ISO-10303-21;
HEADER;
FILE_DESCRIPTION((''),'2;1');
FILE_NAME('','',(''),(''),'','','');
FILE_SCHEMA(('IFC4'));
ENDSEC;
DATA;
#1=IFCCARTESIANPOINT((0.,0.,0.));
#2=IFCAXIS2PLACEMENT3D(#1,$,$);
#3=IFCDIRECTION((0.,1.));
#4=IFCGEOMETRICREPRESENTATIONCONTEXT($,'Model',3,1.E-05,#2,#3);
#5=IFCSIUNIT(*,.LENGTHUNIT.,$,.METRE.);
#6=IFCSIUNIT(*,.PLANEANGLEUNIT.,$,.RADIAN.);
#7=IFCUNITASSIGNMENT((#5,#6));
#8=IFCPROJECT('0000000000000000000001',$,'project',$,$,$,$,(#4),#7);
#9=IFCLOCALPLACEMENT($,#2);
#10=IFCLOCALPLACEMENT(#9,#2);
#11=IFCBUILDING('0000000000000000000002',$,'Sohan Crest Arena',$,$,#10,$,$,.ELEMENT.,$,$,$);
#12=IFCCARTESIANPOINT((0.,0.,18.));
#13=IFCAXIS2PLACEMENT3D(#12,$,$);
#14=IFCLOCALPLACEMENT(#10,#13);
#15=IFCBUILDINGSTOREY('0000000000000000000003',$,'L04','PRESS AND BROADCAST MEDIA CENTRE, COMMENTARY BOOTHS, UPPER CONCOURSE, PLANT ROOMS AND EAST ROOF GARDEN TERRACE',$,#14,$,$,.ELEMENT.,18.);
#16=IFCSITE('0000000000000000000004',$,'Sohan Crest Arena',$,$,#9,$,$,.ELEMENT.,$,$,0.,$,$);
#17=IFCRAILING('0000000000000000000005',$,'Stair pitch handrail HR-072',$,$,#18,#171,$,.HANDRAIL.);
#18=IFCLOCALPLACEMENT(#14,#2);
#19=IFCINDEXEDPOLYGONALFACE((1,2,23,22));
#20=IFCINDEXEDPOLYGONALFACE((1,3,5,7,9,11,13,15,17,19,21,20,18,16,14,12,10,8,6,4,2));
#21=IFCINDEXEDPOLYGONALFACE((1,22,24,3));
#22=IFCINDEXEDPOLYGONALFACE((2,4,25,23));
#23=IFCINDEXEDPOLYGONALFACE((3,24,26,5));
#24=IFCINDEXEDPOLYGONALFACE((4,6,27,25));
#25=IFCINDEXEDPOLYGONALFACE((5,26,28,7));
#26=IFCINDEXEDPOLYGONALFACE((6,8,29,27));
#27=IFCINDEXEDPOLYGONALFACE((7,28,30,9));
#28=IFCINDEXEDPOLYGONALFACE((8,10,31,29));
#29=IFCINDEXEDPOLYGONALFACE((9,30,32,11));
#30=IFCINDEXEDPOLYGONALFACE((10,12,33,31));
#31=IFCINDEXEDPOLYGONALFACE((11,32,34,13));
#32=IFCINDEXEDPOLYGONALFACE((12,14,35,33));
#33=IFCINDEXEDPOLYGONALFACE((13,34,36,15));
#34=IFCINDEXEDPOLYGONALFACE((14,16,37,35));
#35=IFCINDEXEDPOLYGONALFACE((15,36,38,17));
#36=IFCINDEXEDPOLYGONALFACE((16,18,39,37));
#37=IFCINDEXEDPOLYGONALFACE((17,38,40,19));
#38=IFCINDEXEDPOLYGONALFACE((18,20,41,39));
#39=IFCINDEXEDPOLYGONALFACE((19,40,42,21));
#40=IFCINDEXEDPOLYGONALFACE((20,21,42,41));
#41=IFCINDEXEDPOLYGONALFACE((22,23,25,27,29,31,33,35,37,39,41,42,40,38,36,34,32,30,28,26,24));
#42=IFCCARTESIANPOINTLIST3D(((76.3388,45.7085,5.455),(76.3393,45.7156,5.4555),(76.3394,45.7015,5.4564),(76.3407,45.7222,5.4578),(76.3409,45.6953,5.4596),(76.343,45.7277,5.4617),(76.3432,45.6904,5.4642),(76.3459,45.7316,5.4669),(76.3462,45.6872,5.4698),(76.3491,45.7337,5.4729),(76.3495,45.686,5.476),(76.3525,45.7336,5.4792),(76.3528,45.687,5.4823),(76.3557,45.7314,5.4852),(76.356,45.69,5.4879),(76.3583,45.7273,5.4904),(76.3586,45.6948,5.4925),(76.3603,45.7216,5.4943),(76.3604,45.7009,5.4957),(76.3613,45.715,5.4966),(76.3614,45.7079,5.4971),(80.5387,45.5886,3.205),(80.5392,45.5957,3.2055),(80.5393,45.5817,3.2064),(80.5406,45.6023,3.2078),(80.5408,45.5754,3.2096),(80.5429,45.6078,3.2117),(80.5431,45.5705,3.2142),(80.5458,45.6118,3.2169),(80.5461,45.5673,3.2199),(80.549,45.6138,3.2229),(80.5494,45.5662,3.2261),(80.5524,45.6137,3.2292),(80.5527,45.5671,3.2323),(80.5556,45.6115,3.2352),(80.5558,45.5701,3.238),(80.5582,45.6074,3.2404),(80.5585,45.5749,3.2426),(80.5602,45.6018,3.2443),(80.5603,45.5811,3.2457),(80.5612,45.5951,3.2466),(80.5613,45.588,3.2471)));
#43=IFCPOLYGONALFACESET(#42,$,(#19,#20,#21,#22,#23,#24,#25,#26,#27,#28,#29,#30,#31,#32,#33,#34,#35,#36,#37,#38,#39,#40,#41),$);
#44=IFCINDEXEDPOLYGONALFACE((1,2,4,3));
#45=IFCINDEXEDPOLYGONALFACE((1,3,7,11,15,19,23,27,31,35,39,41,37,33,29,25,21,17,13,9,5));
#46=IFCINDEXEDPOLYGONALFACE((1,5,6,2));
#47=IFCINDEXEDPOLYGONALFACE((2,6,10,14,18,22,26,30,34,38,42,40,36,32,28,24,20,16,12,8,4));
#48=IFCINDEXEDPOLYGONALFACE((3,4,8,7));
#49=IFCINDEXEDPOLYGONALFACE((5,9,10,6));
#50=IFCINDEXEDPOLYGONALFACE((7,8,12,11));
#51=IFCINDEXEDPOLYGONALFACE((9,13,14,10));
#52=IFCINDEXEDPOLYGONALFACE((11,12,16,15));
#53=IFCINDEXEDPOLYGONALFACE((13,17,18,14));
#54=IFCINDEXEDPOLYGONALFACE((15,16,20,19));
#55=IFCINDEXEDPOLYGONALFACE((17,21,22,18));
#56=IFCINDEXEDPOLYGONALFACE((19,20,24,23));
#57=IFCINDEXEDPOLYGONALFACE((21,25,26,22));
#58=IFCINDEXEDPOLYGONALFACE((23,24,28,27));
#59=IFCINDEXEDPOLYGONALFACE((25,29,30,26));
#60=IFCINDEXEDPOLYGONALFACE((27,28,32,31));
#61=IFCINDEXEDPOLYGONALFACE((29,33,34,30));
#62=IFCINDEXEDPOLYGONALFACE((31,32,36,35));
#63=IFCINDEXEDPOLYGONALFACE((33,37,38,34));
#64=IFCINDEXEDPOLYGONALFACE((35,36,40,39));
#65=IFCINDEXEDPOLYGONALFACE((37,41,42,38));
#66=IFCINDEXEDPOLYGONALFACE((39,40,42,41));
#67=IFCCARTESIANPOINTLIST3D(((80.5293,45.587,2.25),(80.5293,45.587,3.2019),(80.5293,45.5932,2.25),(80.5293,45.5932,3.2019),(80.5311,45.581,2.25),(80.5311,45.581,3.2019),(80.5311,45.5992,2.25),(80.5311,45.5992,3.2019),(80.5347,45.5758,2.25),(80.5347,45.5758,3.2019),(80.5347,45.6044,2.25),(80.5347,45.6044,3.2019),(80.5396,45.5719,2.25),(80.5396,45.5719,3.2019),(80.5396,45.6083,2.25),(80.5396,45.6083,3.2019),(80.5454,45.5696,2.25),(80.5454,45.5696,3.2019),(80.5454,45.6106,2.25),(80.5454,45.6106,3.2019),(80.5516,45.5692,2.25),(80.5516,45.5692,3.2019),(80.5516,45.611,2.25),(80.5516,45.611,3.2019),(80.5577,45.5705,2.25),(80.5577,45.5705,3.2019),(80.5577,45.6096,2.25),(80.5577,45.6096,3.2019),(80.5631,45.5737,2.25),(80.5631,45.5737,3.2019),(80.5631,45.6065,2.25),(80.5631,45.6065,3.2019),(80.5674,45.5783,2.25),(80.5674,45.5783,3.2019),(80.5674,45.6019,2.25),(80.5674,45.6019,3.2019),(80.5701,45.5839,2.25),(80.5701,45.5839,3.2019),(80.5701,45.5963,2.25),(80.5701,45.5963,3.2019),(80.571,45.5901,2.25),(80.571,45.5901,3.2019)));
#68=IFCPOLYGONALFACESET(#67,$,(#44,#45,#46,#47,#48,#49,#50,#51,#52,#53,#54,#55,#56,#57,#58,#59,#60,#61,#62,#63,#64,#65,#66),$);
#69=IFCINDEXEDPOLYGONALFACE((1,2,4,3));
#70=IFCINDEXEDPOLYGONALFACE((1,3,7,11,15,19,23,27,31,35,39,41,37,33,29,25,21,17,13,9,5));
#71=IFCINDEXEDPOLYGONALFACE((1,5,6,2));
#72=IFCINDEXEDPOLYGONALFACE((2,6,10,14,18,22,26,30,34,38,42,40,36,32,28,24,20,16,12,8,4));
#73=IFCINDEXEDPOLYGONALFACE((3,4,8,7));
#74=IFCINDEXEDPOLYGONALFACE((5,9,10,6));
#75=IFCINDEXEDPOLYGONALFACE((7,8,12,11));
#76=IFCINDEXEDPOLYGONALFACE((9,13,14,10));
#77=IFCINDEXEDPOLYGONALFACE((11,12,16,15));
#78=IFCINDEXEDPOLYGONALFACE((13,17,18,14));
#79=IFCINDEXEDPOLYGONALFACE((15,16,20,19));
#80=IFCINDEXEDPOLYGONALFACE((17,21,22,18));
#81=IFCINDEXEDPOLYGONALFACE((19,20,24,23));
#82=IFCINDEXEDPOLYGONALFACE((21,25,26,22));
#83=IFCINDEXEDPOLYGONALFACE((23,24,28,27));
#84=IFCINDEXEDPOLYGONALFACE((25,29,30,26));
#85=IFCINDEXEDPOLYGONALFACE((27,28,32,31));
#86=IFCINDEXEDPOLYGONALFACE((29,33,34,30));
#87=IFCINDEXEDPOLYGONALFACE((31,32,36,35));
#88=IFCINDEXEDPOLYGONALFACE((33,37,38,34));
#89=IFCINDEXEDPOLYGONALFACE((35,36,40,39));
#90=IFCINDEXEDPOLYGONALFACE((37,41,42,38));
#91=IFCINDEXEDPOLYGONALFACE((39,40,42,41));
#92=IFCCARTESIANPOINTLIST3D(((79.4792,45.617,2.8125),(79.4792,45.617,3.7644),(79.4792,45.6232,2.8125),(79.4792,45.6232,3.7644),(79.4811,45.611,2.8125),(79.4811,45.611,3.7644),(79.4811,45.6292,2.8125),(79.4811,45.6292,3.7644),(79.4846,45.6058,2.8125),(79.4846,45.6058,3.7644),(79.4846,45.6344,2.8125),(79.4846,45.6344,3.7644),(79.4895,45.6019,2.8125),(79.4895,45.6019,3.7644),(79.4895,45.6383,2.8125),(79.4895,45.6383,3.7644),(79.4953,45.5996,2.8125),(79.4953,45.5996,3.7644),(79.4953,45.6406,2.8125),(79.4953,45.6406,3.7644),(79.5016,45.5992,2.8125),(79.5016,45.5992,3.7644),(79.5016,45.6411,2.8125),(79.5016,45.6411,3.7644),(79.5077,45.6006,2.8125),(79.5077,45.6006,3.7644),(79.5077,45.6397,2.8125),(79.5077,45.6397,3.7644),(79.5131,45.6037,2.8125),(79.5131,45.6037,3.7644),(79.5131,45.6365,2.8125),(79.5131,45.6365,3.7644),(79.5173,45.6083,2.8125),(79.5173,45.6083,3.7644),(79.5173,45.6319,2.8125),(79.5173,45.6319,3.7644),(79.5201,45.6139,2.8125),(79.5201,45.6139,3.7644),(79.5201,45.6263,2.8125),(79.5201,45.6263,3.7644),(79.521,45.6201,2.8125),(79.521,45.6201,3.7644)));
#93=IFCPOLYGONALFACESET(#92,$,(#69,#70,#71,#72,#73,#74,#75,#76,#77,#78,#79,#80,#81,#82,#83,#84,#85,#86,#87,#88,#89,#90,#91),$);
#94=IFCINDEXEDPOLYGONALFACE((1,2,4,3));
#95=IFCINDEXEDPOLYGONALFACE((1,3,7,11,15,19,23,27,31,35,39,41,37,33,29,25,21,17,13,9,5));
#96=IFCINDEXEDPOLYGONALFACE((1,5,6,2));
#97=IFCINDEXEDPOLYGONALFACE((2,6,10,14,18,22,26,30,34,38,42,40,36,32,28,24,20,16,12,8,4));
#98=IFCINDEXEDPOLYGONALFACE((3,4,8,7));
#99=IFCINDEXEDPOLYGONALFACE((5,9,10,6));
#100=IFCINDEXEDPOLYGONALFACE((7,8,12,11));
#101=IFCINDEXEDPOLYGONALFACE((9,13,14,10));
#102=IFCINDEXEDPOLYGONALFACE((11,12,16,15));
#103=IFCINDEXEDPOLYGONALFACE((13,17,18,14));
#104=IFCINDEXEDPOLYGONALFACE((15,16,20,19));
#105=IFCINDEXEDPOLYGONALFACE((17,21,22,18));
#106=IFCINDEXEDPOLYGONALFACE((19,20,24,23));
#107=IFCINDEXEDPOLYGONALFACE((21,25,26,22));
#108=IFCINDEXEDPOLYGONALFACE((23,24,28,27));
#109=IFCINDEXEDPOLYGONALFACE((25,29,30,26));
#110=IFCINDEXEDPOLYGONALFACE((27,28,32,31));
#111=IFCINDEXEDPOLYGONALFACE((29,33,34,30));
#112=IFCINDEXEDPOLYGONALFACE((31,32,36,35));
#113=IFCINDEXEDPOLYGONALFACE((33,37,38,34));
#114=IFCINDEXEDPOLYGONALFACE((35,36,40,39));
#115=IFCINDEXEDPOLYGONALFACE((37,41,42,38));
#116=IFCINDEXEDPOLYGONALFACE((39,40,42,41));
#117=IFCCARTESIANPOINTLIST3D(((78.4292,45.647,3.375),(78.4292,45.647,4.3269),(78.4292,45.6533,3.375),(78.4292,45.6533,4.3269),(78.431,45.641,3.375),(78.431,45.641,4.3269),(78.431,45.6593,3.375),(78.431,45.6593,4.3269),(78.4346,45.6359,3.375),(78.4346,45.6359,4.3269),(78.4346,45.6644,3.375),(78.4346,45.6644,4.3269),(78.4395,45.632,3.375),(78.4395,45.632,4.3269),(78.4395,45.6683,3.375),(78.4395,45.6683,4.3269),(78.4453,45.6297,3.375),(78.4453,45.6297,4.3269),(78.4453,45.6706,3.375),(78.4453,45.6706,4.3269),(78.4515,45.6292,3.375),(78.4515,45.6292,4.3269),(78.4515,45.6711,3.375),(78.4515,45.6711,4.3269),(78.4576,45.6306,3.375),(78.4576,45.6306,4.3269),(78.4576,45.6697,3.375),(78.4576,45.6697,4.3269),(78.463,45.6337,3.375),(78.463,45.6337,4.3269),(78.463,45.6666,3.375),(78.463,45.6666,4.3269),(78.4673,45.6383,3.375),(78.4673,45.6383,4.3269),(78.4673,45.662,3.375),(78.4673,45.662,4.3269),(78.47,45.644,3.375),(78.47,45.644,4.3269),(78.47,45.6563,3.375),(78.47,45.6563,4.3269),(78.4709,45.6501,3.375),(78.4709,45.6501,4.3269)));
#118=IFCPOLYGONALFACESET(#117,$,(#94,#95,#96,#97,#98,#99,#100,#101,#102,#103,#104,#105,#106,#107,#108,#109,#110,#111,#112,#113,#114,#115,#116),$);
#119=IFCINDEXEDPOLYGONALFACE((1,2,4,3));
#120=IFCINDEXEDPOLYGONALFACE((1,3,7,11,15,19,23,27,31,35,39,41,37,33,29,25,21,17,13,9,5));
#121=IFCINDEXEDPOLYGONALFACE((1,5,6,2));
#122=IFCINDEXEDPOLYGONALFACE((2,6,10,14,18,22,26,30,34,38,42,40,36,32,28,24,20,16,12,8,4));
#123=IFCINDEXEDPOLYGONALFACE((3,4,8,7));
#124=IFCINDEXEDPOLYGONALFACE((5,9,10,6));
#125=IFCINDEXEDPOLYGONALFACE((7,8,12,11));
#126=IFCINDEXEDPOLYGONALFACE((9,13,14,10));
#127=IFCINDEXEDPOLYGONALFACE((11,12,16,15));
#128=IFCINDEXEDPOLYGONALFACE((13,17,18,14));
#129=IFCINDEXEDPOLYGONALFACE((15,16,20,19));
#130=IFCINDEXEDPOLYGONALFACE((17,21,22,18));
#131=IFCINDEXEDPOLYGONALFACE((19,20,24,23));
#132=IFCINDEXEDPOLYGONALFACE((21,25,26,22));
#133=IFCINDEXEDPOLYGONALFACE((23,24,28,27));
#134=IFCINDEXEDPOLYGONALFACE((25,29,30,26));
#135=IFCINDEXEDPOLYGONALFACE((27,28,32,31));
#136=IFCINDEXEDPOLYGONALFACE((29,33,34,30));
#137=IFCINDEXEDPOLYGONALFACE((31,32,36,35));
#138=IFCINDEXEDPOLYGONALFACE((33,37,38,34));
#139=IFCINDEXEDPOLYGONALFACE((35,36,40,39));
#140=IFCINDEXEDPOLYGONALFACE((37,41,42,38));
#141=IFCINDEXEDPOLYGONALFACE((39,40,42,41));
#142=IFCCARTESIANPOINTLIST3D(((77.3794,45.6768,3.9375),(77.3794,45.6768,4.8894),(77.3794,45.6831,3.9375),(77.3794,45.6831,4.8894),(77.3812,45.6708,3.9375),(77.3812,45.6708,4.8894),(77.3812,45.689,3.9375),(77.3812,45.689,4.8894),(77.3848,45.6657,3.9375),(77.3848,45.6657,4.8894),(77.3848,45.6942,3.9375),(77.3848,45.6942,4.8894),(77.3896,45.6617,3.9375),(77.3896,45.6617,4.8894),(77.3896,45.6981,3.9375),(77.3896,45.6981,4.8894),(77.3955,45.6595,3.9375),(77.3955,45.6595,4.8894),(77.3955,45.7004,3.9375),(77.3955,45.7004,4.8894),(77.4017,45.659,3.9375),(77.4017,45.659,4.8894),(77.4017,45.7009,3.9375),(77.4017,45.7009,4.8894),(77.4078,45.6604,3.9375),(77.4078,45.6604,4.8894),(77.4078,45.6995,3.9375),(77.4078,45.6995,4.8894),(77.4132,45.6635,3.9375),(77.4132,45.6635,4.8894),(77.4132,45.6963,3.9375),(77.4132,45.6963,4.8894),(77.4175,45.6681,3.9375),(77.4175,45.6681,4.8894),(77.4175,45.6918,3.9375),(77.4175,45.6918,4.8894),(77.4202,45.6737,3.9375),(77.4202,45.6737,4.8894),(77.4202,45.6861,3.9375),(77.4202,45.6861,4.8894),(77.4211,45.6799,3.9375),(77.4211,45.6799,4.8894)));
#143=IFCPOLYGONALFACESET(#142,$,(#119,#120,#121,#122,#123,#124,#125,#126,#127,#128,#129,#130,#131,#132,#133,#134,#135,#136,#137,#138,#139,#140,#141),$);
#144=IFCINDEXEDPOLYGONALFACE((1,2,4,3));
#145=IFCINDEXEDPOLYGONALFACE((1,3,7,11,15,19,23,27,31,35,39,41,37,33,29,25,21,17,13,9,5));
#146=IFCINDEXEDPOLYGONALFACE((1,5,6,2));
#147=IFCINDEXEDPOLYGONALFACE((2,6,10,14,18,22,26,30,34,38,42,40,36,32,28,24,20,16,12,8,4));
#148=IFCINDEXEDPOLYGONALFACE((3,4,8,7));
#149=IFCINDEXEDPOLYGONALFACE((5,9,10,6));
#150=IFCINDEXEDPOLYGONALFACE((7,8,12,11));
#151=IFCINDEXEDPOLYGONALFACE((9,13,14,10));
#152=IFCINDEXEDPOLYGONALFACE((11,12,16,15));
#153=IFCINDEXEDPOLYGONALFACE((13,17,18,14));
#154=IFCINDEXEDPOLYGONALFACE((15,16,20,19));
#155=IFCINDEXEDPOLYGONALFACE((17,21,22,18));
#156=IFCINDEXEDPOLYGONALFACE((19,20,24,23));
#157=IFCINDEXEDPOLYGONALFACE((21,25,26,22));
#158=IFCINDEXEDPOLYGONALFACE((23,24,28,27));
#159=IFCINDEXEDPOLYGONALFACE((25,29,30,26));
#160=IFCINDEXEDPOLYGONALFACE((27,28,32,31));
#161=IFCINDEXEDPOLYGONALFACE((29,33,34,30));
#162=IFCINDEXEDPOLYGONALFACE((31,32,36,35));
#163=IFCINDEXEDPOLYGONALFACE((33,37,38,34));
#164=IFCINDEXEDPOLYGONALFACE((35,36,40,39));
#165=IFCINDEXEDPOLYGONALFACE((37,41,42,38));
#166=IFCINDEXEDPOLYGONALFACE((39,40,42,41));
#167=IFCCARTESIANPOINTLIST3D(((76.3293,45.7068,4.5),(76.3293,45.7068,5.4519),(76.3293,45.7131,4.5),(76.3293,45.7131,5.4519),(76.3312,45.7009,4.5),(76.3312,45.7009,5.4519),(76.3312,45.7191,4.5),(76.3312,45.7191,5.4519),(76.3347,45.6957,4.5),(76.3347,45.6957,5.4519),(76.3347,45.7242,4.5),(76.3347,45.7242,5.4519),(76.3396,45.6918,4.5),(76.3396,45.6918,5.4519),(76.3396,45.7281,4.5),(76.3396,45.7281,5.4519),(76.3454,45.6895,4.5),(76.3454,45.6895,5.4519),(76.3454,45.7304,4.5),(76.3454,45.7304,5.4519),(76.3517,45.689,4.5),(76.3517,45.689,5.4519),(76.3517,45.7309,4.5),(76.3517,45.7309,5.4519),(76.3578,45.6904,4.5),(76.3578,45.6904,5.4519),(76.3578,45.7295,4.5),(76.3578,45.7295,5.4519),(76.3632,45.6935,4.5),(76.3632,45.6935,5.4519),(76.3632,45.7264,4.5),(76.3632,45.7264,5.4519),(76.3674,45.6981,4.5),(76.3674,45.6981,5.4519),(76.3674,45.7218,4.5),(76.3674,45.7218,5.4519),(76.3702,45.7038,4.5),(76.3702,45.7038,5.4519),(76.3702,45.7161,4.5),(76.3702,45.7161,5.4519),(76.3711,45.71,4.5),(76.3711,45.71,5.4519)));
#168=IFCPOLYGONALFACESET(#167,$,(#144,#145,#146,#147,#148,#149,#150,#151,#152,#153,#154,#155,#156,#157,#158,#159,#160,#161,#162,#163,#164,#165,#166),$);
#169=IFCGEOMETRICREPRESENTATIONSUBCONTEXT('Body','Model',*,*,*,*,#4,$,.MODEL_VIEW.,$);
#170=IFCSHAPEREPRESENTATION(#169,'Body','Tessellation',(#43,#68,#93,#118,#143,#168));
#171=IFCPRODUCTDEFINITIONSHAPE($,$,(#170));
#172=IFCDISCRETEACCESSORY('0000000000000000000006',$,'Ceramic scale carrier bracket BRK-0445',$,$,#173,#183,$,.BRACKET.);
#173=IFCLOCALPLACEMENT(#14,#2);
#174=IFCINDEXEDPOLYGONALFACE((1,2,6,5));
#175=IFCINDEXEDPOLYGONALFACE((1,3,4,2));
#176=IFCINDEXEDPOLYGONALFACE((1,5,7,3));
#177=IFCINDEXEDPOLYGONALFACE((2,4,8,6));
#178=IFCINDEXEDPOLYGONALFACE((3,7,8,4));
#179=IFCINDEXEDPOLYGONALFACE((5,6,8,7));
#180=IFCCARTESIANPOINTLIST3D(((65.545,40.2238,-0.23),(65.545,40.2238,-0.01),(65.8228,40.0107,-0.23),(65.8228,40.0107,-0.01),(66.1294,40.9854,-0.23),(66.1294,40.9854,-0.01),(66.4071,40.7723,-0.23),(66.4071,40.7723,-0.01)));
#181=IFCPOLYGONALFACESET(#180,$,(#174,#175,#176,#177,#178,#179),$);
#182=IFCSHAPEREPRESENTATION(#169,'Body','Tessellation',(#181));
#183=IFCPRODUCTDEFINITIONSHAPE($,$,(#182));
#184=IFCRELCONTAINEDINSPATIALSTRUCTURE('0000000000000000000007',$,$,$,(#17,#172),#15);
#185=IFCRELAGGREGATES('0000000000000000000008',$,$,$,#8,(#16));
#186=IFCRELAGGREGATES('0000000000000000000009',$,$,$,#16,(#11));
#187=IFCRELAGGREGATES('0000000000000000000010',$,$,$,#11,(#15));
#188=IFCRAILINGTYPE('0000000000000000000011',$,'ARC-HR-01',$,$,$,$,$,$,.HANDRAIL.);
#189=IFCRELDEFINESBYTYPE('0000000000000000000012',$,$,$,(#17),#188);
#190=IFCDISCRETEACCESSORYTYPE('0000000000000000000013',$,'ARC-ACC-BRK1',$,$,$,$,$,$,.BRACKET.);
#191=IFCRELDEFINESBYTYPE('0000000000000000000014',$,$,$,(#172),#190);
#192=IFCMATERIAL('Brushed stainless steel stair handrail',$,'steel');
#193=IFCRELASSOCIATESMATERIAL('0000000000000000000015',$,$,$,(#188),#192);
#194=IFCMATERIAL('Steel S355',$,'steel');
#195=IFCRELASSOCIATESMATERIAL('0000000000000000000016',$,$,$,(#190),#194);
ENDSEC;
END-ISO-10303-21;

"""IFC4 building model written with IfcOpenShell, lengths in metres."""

from ifc_helpers import new_model, si_unit, direction, frame, origin, origin_2d, place, context, subcontext, project, spatial, rectangle, circle, extrude, material, type_object, element, save


model = new_model("IFC4")

# Units and contexts
model_context = context("Model", 3, precision=1e-05, world=origin(), true_north=direction((0.0, 1.0)))
body_context = subcontext(model_context, "Body", "Model", "MODEL_VIEW")
ifc_project = project(units=[si_unit("LENGTHUNIT", "METRE"), si_unit("PLANEANGLEUNIT", "RADIAN")], contexts=[model_context])

# Site, building, storey
site_placement = place(None, origin())
site = spatial("IfcSite", under=ifc_project, at=site_placement, Name="Sohan Crest Arena", CompositionType="ELEMENT", RefElevation=0.0)
building_placement = place(site_placement, origin())
building = spatial("IfcBuilding", under=site, at=building_placement, Name="Sohan Crest Arena", CompositionType="ELEMENT")
storey_placement = place(building_placement, frame((0.0, 0.0, 18.0)))
storey = spatial("IfcBuildingStorey", under=building, at=storey_placement, Name="L04", Description="PRESS AND BROADCAST MEDIA CENTRE, COMMENTARY BOOTHS, UPPER CONCOURSE, PLANT ROOMS AND EAST ROOF GARDEN TERRACE", CompositionType="ELEMENT", Elevation=18.0)

# Shared definitions
ifc_material_1 = material(Name="Steel S355", Category="steel")

# Railing
ifc_material_2 = material(Name="Brushed stainless steel stair handrail", Category="steel")
railing_type_1 = type_object("IfcRailingType", Name="ARC-HR-01", PredefinedType="HANDRAIL", material=ifc_material_2)
railing_1_placement = place(storey_placement, frame((80.55, 45.5901, 2.25)))
element("IfcRailing", 1, at=railing_1_placement, inside=storey, type_object=railing_type_1, Name="Stair pitch handrail HR-072", PredefinedType="HANDRAIL", context=body_context, shape_type="SweptSolid", body=[
    extrude(circle(Radius=0.0239, at=origin_2d()), frame((0.0, 0.0, 0.9761), z_axis=(-0.881199, 0.025151, 0.472076), x_axis=(-0.02853, -0.999593, 0.0)), (0.0, 0.0, 1.0), 4.7661),
    extrude(circle(Radius=0.021, at=origin_2d()), origin(), (0.0, 0.0, 1.0), 0.9519),
    extrude(circle(Radius=0.021, at=origin_2d()), frame((-1.05, 0.03, 0.5625)), (0.0, 0.0, 1.0), 0.9519),
    extrude(circle(Radius=0.021, at=origin_2d()), frame((-2.1001, 0.0601, 1.125)), (0.0, 0.0, 1.0), 0.9519),
    extrude(circle(Radius=0.021, at=origin_2d()), frame((-3.1499, 0.0898, 1.6875)), (0.0, 0.0, 1.0), 0.9519),
    extrude(circle(Radius=0.021, at=origin_2d()), frame((-4.2, 0.1199, 2.25)), (0.0, 0.0, 1.0), 0.9519),
])

# Discrete accessory
discrete_accessory_type = type_object("IfcDiscreteAccessoryType", Name="ARC-ACC-BRK1", PredefinedType="BRACKET", material=ifc_material_1)
discrete_accessory_placement = place(storey_placement, frame((65.9761, 40.498, -0.23), z_axis=(0.0, 0.0, 1.0), x_axis=(0.793353, -0.608761, 0.0)))
element("IfcDiscreteAccessory", 2, at=discrete_accessory_placement, inside=storey, type_object=discrete_accessory_type, Name="Ceramic scale carrier bracket BRK-0445", PredefinedType="BRACKET", context=body_context, shape_type="SweptSolid", body=[
    extrude(rectangle(XDim=0.3501, YDim=0.96, at=origin_2d()), origin(), (0.0, 0.0, 1.0), 0.22),
])

save(model, "model.ifc")
